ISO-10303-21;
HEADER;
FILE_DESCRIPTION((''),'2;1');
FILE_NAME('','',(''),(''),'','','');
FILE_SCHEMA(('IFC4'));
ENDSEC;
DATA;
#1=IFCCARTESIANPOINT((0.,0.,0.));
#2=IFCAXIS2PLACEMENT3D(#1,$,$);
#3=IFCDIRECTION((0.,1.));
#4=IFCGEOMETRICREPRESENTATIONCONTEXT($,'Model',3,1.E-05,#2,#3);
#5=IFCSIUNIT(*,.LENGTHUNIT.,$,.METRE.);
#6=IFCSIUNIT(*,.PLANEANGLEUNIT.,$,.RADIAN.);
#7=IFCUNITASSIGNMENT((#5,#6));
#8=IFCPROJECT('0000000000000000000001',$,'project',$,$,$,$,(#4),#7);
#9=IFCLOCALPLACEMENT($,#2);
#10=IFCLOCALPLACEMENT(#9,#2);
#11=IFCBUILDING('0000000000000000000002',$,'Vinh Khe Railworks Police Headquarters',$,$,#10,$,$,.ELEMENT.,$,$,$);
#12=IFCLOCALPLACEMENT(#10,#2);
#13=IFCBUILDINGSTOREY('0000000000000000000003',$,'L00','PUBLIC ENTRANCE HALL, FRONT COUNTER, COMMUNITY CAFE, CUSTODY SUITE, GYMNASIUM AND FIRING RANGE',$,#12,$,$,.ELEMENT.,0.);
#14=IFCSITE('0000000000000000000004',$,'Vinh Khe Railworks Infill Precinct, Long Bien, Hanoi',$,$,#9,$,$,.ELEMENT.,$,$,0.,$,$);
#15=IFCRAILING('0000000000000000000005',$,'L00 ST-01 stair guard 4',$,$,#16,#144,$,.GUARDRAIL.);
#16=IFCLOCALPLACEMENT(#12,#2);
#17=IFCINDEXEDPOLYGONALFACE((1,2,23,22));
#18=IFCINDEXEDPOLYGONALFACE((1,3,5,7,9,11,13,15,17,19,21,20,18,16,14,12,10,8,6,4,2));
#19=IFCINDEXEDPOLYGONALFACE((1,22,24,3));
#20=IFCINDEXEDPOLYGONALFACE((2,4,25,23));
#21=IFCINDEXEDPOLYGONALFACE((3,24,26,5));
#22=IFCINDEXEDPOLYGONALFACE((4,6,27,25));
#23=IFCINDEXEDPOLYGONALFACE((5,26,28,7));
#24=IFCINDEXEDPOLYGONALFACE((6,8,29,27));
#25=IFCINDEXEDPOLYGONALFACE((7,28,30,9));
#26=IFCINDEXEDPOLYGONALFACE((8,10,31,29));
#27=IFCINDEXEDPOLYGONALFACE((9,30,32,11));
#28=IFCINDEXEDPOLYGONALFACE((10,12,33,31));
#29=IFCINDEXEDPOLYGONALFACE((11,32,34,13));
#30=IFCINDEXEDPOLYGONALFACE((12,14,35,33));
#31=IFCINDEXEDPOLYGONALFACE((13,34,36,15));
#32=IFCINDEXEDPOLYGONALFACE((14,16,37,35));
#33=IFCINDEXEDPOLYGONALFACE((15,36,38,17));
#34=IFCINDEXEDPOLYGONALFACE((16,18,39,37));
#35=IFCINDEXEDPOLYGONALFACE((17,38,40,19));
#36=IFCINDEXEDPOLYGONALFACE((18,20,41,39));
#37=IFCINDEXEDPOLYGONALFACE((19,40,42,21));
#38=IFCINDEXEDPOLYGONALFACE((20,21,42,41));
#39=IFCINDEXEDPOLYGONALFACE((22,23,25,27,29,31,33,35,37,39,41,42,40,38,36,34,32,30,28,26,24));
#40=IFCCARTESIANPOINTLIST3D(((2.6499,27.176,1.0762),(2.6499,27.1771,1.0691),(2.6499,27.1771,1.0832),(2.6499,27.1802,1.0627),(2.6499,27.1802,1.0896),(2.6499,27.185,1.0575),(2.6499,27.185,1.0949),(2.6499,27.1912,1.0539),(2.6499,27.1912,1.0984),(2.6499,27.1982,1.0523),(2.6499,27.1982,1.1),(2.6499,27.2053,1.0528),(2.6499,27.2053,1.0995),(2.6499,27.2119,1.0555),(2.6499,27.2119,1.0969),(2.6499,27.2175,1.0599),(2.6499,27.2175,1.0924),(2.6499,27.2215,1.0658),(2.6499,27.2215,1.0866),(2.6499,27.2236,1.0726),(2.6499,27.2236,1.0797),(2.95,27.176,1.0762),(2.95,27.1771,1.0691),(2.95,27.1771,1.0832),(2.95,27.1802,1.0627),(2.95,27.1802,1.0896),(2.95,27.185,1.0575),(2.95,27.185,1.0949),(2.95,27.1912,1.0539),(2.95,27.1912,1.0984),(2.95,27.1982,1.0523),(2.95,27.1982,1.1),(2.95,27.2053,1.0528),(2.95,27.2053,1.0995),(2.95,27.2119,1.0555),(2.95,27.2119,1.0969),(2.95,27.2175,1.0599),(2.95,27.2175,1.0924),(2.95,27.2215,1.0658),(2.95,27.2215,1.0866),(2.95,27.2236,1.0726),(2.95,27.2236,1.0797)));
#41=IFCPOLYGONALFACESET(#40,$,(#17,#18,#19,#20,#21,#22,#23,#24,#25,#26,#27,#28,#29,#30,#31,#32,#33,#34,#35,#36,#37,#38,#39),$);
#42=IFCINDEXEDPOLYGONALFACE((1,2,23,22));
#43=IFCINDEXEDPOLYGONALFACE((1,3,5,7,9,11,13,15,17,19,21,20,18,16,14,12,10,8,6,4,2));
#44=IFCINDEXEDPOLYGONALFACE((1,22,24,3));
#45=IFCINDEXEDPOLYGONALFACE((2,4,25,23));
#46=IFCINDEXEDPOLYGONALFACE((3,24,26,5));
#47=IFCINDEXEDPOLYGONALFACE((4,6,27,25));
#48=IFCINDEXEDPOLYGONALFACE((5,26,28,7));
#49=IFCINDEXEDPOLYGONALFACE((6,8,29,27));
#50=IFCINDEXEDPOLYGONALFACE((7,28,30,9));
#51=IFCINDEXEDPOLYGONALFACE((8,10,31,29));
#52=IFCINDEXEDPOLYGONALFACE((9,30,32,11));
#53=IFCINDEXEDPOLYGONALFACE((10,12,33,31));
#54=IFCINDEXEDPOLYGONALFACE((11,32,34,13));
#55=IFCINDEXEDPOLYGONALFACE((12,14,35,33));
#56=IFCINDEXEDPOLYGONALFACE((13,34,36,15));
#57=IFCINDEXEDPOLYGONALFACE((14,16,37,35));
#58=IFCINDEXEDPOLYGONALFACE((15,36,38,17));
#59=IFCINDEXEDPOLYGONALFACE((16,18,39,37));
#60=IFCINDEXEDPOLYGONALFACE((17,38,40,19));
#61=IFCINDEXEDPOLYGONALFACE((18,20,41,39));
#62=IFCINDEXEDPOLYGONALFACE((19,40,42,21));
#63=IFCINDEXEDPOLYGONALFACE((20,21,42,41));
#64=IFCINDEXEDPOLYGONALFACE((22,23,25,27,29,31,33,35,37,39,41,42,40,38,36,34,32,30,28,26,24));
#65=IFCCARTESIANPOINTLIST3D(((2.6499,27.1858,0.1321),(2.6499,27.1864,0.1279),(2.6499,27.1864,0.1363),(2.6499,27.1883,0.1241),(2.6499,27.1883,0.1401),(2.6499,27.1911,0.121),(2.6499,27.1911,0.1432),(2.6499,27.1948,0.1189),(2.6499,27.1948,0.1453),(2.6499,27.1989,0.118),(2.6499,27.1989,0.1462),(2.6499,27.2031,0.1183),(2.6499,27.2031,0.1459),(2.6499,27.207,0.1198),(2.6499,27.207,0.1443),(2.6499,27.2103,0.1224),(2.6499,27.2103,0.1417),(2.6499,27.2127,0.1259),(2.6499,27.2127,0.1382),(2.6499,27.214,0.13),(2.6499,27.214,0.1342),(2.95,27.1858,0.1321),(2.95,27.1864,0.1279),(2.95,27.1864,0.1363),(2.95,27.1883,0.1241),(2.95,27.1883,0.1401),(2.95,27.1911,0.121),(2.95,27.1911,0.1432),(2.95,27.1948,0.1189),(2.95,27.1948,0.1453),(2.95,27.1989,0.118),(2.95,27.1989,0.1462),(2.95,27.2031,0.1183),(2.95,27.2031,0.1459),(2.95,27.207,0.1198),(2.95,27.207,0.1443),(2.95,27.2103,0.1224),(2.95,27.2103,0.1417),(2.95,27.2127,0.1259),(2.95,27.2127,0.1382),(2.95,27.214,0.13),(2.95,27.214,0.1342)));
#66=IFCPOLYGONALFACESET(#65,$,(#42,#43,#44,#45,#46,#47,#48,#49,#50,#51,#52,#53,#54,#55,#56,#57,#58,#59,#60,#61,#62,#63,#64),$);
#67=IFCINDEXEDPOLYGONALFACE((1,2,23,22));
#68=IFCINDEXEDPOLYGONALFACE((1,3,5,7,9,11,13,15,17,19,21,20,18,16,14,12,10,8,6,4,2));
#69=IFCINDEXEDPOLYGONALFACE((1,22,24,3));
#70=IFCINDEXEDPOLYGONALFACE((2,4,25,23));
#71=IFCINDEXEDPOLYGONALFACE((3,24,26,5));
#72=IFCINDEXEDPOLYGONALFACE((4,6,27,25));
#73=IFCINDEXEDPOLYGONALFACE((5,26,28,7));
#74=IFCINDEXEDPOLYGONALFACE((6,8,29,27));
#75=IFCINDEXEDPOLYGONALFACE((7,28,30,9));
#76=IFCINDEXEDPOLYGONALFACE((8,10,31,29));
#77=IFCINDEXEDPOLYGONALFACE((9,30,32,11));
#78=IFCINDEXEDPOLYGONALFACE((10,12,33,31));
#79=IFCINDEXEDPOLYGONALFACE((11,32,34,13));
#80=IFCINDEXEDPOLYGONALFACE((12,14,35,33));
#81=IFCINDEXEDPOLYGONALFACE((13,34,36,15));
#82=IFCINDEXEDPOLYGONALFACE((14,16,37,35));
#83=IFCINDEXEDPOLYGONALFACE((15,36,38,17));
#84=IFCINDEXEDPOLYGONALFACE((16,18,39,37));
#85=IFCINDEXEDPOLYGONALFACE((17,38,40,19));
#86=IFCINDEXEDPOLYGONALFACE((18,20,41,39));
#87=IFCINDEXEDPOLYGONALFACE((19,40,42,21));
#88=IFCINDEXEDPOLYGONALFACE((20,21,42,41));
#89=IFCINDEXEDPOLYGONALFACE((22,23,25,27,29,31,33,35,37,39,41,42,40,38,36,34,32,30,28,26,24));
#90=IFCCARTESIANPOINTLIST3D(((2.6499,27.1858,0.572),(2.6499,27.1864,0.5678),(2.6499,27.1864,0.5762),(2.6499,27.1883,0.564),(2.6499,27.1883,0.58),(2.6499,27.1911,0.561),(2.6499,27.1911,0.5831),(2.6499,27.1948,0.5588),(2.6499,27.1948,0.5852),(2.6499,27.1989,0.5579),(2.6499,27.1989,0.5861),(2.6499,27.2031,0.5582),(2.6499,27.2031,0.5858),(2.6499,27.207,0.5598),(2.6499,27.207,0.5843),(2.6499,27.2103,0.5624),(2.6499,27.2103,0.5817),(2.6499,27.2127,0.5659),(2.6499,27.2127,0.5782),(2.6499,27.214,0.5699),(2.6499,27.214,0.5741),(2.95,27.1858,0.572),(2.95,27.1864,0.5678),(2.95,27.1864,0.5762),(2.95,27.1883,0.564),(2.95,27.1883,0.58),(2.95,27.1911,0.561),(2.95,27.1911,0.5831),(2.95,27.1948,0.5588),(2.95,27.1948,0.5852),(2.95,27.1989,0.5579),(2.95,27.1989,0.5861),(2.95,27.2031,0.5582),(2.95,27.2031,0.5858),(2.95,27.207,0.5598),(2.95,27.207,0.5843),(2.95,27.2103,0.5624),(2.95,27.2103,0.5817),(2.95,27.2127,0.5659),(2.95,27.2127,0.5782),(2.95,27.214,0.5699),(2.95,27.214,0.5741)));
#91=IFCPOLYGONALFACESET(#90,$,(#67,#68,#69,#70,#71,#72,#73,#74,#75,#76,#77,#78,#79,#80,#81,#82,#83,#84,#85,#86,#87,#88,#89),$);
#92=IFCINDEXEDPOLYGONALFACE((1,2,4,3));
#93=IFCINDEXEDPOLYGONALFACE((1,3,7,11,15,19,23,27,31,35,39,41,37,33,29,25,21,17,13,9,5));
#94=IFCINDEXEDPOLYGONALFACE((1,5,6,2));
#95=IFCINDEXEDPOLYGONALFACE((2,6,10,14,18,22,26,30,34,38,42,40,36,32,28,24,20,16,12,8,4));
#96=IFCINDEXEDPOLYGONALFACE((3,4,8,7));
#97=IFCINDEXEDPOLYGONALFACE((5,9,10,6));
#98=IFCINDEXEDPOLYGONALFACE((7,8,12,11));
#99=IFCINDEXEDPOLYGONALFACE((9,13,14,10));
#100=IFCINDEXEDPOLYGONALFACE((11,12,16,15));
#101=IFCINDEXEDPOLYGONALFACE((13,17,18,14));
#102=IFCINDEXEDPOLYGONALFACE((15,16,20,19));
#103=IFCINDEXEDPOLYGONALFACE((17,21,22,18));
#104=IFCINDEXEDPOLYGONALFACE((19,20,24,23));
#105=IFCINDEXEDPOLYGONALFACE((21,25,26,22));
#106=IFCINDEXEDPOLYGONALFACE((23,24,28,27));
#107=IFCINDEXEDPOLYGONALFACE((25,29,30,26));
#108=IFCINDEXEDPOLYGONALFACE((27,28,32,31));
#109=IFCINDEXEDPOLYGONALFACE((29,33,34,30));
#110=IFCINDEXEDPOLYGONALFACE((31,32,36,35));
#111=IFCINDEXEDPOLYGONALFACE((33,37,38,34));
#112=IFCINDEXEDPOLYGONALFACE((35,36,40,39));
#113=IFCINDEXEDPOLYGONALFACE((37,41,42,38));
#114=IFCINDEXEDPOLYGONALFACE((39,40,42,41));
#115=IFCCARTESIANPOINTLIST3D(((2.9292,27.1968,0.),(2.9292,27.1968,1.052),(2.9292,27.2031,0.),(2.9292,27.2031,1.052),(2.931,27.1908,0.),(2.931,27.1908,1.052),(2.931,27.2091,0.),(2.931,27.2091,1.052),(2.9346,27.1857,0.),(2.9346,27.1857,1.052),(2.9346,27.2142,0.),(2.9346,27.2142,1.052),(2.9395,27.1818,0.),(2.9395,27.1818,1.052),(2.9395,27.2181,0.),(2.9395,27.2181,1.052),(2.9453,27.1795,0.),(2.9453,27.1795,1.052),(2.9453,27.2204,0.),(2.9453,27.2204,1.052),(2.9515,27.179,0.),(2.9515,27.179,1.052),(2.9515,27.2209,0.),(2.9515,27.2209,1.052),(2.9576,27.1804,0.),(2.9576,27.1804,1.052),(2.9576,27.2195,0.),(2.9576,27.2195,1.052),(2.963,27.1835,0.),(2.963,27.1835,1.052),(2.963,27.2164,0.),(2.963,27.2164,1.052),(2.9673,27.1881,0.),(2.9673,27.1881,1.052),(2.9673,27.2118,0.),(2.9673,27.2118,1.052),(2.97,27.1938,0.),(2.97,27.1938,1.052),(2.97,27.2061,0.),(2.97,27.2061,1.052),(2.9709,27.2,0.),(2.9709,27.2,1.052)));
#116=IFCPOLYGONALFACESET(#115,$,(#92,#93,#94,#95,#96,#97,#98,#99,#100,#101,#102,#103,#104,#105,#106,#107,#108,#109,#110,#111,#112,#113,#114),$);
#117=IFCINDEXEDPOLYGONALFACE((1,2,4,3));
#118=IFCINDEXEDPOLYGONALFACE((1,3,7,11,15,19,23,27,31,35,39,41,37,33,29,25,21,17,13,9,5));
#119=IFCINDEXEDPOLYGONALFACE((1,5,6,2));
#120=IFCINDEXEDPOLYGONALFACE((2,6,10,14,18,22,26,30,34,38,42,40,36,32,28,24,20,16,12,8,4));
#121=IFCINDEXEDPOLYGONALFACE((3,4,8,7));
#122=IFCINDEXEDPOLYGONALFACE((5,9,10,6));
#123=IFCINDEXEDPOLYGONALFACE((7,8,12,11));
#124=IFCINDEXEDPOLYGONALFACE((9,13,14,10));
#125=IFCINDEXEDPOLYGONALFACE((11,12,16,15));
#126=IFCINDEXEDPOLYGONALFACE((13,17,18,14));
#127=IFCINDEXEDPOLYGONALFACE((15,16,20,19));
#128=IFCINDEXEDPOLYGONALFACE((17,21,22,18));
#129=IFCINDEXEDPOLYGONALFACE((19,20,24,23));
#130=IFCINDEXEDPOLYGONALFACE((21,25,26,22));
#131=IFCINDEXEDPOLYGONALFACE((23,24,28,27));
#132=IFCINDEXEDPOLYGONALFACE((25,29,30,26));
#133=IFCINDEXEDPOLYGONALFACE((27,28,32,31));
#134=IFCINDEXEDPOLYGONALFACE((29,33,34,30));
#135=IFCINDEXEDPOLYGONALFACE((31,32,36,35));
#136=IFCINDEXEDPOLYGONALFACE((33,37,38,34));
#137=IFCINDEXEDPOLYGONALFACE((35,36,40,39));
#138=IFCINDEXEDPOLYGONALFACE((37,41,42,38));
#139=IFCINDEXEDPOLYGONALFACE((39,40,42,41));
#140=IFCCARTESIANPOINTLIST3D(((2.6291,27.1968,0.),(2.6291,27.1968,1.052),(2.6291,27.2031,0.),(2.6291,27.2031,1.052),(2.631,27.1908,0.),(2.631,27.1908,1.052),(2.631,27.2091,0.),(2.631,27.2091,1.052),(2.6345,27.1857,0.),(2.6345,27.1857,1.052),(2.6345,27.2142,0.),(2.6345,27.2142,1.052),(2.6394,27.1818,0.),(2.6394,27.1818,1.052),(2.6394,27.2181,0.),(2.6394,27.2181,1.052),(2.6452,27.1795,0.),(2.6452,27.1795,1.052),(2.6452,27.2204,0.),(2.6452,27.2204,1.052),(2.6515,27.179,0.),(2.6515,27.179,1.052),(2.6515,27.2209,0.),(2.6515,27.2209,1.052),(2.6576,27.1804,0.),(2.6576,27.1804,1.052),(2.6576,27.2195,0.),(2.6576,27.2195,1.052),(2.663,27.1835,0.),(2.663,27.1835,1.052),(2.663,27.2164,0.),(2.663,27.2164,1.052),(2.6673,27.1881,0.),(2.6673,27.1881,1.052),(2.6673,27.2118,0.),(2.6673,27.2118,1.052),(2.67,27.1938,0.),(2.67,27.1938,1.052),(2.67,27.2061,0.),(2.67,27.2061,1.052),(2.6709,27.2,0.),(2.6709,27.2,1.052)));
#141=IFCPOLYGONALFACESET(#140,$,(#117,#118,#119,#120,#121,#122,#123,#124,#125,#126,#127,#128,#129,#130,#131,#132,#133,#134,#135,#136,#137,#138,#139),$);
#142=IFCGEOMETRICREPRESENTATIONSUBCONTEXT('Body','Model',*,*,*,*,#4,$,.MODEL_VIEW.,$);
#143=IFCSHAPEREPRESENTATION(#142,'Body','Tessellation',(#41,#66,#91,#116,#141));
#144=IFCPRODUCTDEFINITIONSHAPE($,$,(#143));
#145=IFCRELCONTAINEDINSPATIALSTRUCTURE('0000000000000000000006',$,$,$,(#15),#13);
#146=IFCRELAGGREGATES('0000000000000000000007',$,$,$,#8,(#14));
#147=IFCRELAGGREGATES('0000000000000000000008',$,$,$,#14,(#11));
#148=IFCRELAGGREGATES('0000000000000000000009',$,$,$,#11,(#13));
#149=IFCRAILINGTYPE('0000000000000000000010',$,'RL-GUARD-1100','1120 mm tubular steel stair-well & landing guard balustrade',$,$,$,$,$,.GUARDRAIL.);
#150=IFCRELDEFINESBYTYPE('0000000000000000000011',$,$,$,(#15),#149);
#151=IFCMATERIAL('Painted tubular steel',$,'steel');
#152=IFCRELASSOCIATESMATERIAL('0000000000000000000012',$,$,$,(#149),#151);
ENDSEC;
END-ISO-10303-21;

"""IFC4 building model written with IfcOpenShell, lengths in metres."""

from ifc_helpers import new_model, si_unit, direction, frame, origin, origin_2d, place, context, subcontext, project, spatial, circle, extrude, material, type_object, element, save


model = new_model("IFC4")

# Units and contexts
model_context = context("Model", 3, precision=1e-05, world=origin(), true_north=direction((0.0, 1.0)))
body_context = subcontext(model_context, "Body", "Model", "MODEL_VIEW")
ifc_project = project(units=[si_unit("LENGTHUNIT", "METRE"), si_unit("PLANEANGLEUNIT", "RADIAN")], contexts=[model_context])

# Site, building, storey
site_placement = place(None, origin())
site = spatial("IfcSite", under=ifc_project, at=site_placement, Name="Vinh Khe Railworks Infill Precinct, Long Bien, Hanoi", CompositionType="ELEMENT", RefElevation=0.0)
building_placement = place(site_placement, origin())
building = spatial("IfcBuilding", under=site, at=building_placement, Name="Vinh Khe Railworks Police Headquarters", CompositionType="ELEMENT")
storey_placement = place(building_placement, origin())
storey = spatial("IfcBuildingStorey", under=building, at=storey_placement, Name="L00", Description="PUBLIC ENTRANCE HALL, FRONT COUNTER, COMMUNITY CAFE, CUSTODY SUITE, GYMNASIUM AND FIRING RANGE", CompositionType="ELEMENT", Elevation=0.0)

# Railing
ifc_material_1 = material(Name="Painted tubular steel", Category="steel")
railing_type = type_object("IfcRailingType", Name="RL-GUARD-1100", Description="1120 mm tubular steel stair-well & landing guard balustrade", PredefinedType="GUARDRAIL", material=ifc_material_1)
railing_1_placement = place(storey_placement, frame((2.95, 27.2, 0.0)))
element("IfcRailing", 1, at=railing_1_placement, inside=storey, type_object=railing_type, Name="L00 ST-01 stair guard 4", PredefinedType="GUARDRAIL", context=body_context, shape_type="SweptSolid", body=[
    extrude(circle(Radius=0.0239, at=origin_2d()), frame((0.0, 0.0, 1.0762), z_axis=(-1.0, 0.0, 0.0), x_axis=(0.0, -1.0, 0.0)), (0.0, 0.0, 1.0), 0.3),
    extrude(circle(Radius=0.0142, at=origin_2d()), frame((0.0, 0.0, 0.1321), z_axis=(-1.0, 0.0, 0.0), x_axis=(0.0, -1.0, 0.0)), (0.0, 0.0, 1.0), 0.3),
    extrude(circle(Radius=0.0142, at=origin_2d()), frame((0.0, 0.0, 0.572), z_axis=(-1.0, 0.0, 0.0), x_axis=(0.0, -1.0, 0.0)), (0.0, 0.0, 1.0), 0.3),
    extrude(circle(Radius=0.021, at=origin_2d()), origin(), (0.0, 0.0, 1.0), 1.052),
    extrude(circle(Radius=0.021, at=origin_2d()), frame((-0.3, 0.0, 0.0)), (0.0, 0.0, 1.0), 1.052),
])

save(model, "model.ifc")
